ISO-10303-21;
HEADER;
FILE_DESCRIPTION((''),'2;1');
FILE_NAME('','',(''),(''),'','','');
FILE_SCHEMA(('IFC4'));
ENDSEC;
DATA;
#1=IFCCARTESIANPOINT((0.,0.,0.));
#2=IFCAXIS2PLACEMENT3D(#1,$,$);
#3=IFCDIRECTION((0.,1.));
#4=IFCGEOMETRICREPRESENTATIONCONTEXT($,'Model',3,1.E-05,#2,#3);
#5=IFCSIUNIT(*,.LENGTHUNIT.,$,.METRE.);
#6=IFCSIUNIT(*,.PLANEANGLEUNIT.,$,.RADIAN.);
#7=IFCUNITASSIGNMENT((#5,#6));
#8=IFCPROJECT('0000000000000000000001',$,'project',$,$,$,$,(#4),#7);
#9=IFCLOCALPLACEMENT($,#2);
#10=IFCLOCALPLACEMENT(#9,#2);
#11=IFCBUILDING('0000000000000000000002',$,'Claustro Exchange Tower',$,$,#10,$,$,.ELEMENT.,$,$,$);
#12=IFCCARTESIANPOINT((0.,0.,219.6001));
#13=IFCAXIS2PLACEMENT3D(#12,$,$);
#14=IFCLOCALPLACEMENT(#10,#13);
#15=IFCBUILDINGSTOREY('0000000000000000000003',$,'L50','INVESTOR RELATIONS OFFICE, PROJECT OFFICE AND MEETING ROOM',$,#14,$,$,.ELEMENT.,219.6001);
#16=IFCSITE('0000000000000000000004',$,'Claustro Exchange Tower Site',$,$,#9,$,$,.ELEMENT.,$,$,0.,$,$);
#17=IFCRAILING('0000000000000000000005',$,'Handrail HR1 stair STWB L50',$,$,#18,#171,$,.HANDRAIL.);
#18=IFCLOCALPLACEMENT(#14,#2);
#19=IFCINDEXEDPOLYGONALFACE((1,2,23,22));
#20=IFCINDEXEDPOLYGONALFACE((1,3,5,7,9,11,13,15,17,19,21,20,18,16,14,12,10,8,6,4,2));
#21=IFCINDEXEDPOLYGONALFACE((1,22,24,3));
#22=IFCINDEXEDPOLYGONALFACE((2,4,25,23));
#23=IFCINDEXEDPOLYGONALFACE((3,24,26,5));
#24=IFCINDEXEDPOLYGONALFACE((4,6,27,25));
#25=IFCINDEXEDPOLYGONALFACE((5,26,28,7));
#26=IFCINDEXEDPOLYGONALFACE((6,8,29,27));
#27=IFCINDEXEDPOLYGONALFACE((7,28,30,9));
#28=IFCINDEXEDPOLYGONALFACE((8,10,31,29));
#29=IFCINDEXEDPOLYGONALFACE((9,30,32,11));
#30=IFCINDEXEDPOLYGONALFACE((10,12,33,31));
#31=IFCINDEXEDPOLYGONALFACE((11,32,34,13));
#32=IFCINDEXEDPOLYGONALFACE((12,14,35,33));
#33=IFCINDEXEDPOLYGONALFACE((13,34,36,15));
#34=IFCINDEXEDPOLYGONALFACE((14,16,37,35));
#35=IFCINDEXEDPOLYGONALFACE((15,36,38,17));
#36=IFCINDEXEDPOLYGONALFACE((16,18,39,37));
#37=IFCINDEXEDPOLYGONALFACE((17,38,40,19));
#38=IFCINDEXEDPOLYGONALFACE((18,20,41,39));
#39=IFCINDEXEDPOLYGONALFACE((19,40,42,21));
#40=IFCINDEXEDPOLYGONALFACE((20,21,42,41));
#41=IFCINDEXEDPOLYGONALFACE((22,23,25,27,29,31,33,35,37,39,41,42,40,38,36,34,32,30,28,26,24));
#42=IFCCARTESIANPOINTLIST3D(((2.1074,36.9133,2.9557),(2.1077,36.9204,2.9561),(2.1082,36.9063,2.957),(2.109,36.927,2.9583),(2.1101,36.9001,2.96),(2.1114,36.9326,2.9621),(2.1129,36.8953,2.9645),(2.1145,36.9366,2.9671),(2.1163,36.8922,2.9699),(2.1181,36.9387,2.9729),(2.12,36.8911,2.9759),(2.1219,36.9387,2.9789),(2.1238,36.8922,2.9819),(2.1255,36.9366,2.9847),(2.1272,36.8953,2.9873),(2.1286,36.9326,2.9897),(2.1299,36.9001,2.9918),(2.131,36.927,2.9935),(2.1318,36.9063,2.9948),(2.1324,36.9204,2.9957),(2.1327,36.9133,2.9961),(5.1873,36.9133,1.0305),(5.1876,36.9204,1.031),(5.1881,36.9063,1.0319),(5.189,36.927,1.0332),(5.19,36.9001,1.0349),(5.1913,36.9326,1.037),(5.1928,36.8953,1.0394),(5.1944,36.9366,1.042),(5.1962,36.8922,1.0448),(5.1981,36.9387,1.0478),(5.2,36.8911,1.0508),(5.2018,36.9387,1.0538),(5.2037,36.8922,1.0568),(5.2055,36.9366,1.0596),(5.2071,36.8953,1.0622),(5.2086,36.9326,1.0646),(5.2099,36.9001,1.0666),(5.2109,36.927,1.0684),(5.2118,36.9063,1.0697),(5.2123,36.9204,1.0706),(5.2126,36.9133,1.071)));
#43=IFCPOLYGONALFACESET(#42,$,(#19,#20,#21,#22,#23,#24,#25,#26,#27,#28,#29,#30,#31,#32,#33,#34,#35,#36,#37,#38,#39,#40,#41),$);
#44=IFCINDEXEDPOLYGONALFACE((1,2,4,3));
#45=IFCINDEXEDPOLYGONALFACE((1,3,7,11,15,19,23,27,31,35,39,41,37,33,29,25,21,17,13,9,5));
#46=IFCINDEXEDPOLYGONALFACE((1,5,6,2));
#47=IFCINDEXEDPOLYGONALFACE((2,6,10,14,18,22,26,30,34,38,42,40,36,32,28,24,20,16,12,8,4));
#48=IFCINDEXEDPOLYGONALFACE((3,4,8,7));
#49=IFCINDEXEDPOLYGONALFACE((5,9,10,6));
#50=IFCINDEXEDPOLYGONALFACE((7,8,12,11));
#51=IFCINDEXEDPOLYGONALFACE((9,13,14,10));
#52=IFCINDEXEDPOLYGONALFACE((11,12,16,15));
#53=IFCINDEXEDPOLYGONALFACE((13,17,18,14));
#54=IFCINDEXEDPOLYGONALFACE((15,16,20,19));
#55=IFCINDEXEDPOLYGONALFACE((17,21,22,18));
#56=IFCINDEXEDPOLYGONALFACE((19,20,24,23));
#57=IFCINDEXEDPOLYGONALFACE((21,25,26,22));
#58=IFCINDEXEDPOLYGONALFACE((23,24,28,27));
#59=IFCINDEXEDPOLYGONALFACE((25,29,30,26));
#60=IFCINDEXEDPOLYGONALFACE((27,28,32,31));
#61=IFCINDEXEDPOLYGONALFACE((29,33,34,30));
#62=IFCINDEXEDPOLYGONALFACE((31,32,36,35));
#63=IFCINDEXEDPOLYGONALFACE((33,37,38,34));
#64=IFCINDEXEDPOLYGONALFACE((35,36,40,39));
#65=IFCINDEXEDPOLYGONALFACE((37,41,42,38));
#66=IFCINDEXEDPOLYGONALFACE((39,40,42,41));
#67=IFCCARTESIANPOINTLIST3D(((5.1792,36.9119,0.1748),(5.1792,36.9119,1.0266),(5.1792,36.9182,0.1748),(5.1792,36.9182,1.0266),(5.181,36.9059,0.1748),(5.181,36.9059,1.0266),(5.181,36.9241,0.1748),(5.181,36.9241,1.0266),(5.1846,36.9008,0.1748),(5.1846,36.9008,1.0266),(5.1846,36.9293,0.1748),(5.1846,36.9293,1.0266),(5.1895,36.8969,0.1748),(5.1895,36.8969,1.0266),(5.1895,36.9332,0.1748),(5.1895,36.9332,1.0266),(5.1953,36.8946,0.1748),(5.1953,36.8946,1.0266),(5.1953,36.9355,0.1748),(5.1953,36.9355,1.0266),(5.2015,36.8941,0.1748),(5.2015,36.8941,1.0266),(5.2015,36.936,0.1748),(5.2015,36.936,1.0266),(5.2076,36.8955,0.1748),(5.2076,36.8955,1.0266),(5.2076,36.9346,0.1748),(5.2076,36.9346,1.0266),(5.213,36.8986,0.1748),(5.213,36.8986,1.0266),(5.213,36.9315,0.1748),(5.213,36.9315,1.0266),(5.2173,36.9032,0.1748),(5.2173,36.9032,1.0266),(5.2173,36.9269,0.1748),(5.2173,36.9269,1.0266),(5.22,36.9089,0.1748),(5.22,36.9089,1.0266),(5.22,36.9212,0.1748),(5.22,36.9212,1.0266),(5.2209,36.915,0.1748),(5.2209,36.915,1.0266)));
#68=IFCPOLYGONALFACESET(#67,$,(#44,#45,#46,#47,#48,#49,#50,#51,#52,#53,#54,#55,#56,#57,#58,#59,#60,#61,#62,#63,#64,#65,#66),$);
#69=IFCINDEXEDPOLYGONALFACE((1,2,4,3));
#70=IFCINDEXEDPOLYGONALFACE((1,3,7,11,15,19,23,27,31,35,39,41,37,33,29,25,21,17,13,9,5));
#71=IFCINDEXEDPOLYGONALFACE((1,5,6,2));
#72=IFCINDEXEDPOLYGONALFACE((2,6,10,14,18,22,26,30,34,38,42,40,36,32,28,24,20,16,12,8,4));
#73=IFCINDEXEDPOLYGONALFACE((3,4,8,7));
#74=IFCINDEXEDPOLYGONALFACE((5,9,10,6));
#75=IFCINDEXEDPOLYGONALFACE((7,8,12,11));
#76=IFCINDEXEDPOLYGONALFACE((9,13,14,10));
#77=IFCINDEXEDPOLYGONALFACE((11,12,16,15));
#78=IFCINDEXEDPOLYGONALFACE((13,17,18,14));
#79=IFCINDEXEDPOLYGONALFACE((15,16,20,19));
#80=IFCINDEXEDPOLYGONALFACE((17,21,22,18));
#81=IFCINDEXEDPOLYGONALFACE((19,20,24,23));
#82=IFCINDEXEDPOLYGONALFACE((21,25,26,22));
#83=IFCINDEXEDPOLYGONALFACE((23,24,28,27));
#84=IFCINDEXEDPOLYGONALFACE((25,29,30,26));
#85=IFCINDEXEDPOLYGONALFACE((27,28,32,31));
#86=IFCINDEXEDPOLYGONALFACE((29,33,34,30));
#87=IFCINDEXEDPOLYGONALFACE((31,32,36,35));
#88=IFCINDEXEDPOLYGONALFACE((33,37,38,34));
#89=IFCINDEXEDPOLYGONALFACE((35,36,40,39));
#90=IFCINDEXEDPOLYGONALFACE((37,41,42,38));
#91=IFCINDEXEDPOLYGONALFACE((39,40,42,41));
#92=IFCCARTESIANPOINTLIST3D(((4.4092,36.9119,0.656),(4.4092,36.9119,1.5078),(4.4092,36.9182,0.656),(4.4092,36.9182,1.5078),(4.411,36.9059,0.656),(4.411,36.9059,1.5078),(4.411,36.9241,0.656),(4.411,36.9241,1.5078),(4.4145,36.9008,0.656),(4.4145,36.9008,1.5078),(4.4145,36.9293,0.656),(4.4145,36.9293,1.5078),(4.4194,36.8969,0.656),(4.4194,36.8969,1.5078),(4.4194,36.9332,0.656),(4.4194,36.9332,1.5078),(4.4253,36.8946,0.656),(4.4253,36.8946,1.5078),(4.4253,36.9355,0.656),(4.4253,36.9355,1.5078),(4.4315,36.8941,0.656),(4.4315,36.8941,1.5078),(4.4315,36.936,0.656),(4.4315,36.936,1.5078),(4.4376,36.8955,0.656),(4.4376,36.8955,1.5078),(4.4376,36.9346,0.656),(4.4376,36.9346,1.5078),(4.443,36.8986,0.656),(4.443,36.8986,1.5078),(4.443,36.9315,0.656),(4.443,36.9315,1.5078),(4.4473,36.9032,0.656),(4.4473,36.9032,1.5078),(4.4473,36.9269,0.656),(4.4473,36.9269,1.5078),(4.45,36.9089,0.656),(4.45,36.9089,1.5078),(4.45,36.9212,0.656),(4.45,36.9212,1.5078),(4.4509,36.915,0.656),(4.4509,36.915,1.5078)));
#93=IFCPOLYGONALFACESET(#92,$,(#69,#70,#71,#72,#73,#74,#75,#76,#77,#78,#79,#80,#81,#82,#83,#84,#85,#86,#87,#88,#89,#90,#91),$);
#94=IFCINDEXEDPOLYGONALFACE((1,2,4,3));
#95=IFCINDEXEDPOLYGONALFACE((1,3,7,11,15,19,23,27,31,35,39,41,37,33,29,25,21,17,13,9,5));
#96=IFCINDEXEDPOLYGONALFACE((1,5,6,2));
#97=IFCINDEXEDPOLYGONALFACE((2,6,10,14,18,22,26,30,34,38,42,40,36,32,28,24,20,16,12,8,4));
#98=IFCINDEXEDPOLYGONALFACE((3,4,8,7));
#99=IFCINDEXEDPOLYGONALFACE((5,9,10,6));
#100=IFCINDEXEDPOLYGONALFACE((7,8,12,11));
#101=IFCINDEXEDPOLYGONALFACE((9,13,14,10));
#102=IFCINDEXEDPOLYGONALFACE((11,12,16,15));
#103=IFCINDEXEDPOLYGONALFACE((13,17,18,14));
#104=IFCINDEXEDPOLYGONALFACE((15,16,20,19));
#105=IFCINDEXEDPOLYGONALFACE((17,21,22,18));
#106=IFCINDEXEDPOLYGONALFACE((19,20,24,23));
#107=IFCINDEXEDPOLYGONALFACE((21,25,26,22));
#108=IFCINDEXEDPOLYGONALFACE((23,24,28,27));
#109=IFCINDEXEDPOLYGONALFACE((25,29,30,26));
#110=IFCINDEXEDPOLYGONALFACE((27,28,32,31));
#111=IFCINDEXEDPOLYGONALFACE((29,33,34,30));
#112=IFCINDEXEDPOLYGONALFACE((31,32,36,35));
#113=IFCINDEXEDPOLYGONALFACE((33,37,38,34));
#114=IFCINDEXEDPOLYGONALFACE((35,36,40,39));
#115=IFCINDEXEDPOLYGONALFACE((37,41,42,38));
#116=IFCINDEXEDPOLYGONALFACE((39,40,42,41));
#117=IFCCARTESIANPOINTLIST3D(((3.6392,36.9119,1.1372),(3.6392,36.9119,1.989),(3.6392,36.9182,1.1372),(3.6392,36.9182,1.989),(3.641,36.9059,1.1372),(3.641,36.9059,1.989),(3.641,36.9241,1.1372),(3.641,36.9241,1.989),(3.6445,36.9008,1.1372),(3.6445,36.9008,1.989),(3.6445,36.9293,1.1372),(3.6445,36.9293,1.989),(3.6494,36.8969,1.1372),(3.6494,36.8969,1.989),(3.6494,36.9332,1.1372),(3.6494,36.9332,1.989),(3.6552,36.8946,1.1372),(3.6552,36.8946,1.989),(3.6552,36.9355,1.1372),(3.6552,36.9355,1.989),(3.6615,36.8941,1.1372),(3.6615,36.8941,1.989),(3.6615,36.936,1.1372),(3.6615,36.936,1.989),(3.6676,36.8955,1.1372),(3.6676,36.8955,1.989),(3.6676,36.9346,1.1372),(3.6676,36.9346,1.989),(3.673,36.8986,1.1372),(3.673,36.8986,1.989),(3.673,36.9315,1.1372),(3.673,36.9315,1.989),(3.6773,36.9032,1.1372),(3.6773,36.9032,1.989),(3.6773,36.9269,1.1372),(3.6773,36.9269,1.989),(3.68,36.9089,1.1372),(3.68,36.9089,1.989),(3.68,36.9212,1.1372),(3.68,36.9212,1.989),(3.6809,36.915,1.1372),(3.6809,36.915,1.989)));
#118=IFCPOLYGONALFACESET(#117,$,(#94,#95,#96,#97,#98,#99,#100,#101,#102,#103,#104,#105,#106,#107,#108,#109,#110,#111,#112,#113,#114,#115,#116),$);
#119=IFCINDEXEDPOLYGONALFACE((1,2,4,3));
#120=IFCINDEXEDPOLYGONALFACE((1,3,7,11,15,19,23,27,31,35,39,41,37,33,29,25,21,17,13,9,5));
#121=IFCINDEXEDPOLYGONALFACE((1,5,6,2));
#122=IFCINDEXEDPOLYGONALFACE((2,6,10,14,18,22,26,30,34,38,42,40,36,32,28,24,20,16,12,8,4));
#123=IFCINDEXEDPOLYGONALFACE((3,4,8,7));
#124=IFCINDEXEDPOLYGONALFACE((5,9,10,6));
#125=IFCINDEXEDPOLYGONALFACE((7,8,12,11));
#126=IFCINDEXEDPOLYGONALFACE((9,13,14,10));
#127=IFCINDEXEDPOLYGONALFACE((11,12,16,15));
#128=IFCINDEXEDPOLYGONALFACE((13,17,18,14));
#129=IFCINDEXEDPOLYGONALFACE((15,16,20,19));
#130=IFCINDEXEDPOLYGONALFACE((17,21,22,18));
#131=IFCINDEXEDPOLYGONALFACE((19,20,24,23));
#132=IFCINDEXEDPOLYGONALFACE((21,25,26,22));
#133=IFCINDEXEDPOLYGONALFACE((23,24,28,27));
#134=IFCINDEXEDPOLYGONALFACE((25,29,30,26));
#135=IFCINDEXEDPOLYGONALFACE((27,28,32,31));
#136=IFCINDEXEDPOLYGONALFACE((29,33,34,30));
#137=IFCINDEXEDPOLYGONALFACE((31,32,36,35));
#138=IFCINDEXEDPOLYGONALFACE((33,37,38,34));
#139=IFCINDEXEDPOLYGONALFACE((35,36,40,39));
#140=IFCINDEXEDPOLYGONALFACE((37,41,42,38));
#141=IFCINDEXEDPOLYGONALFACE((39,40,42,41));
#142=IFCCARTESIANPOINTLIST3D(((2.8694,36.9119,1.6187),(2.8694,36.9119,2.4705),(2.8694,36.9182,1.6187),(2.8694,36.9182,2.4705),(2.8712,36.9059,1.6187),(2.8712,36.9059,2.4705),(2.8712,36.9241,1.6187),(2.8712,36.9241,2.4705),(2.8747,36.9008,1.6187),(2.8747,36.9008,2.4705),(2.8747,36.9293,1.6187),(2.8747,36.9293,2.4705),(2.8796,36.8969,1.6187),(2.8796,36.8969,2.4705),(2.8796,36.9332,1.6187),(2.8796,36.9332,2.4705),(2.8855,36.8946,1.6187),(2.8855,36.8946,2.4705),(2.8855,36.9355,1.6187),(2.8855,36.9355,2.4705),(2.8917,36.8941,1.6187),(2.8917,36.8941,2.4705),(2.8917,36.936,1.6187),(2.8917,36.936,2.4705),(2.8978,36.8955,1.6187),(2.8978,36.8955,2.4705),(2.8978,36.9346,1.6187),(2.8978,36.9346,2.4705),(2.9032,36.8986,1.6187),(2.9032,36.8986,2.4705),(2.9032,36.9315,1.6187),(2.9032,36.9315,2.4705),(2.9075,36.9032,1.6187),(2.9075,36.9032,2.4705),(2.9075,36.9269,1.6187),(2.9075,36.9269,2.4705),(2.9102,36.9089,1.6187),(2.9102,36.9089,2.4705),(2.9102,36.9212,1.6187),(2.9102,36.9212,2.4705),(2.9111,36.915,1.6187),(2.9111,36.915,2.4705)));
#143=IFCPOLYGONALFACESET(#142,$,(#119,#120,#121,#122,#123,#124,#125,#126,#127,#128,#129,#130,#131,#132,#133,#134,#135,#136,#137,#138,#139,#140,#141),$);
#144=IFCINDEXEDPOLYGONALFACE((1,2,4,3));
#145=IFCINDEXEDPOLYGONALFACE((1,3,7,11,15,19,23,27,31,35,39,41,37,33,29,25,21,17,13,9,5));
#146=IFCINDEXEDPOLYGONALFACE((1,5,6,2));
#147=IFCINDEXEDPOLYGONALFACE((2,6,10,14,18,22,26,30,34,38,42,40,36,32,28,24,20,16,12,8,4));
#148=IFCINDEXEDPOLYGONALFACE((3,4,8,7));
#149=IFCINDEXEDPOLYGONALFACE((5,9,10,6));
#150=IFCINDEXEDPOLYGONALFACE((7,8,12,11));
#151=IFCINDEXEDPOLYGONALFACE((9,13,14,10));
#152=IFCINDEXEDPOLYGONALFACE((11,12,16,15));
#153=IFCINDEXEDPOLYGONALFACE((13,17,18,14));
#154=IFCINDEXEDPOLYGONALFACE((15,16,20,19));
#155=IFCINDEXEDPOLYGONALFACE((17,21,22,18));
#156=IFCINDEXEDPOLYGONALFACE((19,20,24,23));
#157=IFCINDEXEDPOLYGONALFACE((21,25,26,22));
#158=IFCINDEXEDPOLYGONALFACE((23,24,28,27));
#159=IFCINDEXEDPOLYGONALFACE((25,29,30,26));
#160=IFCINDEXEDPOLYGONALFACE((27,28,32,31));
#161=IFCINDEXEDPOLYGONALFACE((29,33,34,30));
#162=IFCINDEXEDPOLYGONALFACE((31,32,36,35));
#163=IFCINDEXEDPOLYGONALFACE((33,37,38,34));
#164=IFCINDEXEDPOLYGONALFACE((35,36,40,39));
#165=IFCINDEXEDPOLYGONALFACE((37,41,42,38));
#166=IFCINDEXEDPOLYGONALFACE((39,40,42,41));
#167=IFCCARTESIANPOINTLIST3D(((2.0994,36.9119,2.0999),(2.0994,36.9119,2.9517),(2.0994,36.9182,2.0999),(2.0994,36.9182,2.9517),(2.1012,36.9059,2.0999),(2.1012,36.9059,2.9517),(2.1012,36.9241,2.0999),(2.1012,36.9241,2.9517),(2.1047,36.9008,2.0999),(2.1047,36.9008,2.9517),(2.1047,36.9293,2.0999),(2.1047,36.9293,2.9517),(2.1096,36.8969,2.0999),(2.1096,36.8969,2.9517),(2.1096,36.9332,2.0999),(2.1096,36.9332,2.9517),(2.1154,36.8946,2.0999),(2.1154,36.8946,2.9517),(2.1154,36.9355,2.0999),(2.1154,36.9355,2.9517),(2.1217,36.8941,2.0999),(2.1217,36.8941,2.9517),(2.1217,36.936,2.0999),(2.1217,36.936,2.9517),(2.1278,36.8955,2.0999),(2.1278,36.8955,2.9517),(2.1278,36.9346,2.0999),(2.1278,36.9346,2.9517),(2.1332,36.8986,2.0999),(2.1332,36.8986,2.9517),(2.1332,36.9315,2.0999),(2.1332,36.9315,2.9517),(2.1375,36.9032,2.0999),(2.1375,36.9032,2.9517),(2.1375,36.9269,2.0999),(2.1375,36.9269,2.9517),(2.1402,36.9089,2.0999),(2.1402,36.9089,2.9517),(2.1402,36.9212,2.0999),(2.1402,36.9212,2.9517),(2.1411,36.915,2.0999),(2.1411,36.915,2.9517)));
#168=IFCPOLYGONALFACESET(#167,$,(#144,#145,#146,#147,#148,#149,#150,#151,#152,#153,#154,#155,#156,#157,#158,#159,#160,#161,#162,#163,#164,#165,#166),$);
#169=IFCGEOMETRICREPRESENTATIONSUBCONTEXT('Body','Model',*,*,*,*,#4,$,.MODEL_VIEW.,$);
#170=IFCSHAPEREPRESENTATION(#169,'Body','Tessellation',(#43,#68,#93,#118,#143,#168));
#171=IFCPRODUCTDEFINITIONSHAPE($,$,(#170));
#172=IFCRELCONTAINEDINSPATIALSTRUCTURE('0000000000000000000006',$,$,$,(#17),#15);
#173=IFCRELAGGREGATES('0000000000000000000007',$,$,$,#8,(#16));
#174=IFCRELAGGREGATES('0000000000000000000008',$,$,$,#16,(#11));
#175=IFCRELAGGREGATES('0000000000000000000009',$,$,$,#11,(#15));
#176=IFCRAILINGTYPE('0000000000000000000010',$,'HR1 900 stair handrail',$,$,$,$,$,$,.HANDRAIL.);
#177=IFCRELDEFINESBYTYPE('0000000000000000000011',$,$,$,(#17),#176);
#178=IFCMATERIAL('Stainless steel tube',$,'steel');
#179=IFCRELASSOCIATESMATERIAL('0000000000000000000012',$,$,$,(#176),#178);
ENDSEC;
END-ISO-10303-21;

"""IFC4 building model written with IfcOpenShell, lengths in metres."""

from ifc_helpers import new_model, si_unit, direction, frame, origin, origin_2d, place, context, subcontext, project, spatial, circle, extrude, material, type_object, element, save


model = new_model("IFC4")

# Units and contexts
model_context = context("Model", 3, precision=1e-05, world=origin(), true_north=direction((0.0, 1.0)))
body_context = subcontext(model_context, "Body", "Model", "MODEL_VIEW")
ifc_project = project(units=[si_unit("LENGTHUNIT", "METRE"), si_unit("PLANEANGLEUNIT", "RADIAN")], contexts=[model_context])

# Site, building, storey
site_placement = place(None, origin())
site = spatial("IfcSite", under=ifc_project, at=site_placement, Name="Claustro Exchange Tower Site", CompositionType="ELEMENT", RefElevation=0.0)
building_placement = place(site_placement, origin())
building = spatial("IfcBuilding", under=site, at=building_placement, Name="Claustro Exchange Tower", CompositionType="ELEMENT")
storey_placement = place(building_placement, frame((0.0, 0.0, 219.6001)))
storey = spatial("IfcBuildingStorey", under=building, at=storey_placement, Name="L50", Description="INVESTOR RELATIONS OFFICE, PROJECT OFFICE AND MEETING ROOM", CompositionType="ELEMENT", Elevation=219.6001)

# Railing
ifc_material_1 = material(Name="Stainless steel tube", Category="steel")
railing_type_1 = type_object("IfcRailingType", Name="HR1 900 stair handrail", PredefinedType="HANDRAIL", material=ifc_material_1)
railing_1_placement = place(storey_placement, frame((5.2, 36.915, 0.1748)))
element("IfcRailing", 1, at=railing_1_placement, inside=storey, type_object=railing_type_1, Name="Handrail HR1 stair STWB L50", PredefinedType="HANDRAIL", context=body_context, shape_type="SweptSolid", body=[
    extrude(circle(Radius=0.0239, at=origin_2d()), frame((0.0, 0.0, 0.876), z_axis=(-0.847979, 0.0, 0.530029), x_axis=(0.0, -1.0, 0.0)), (0.0, 0.0, 1.0), 3.6321),
    extrude(circle(Radius=0.021, at=origin_2d()), origin(), (0.0, 0.0, 1.0), 0.8518),
    extrude(circle(Radius=0.021, at=origin_2d()), frame((-0.77, 0.0, 0.4812)), (0.0, 0.0, 1.0), 0.8518),
    extrude(circle(Radius=0.021, at=origin_2d()), frame((-1.54, 0.0, 0.9624)), (0.0, 0.0, 1.0), 0.8518),
    extrude(circle(Radius=0.021, at=origin_2d()), frame((-2.3098, 0.0, 1.4438)), (0.0, 0.0, 1.0), 0.8518),
    extrude(circle(Radius=0.021, at=origin_2d()), frame((-3.0798, 0.0, 1.925)), (0.0, 0.0, 1.0), 0.8518),
])

save(model, "model.ifc")
